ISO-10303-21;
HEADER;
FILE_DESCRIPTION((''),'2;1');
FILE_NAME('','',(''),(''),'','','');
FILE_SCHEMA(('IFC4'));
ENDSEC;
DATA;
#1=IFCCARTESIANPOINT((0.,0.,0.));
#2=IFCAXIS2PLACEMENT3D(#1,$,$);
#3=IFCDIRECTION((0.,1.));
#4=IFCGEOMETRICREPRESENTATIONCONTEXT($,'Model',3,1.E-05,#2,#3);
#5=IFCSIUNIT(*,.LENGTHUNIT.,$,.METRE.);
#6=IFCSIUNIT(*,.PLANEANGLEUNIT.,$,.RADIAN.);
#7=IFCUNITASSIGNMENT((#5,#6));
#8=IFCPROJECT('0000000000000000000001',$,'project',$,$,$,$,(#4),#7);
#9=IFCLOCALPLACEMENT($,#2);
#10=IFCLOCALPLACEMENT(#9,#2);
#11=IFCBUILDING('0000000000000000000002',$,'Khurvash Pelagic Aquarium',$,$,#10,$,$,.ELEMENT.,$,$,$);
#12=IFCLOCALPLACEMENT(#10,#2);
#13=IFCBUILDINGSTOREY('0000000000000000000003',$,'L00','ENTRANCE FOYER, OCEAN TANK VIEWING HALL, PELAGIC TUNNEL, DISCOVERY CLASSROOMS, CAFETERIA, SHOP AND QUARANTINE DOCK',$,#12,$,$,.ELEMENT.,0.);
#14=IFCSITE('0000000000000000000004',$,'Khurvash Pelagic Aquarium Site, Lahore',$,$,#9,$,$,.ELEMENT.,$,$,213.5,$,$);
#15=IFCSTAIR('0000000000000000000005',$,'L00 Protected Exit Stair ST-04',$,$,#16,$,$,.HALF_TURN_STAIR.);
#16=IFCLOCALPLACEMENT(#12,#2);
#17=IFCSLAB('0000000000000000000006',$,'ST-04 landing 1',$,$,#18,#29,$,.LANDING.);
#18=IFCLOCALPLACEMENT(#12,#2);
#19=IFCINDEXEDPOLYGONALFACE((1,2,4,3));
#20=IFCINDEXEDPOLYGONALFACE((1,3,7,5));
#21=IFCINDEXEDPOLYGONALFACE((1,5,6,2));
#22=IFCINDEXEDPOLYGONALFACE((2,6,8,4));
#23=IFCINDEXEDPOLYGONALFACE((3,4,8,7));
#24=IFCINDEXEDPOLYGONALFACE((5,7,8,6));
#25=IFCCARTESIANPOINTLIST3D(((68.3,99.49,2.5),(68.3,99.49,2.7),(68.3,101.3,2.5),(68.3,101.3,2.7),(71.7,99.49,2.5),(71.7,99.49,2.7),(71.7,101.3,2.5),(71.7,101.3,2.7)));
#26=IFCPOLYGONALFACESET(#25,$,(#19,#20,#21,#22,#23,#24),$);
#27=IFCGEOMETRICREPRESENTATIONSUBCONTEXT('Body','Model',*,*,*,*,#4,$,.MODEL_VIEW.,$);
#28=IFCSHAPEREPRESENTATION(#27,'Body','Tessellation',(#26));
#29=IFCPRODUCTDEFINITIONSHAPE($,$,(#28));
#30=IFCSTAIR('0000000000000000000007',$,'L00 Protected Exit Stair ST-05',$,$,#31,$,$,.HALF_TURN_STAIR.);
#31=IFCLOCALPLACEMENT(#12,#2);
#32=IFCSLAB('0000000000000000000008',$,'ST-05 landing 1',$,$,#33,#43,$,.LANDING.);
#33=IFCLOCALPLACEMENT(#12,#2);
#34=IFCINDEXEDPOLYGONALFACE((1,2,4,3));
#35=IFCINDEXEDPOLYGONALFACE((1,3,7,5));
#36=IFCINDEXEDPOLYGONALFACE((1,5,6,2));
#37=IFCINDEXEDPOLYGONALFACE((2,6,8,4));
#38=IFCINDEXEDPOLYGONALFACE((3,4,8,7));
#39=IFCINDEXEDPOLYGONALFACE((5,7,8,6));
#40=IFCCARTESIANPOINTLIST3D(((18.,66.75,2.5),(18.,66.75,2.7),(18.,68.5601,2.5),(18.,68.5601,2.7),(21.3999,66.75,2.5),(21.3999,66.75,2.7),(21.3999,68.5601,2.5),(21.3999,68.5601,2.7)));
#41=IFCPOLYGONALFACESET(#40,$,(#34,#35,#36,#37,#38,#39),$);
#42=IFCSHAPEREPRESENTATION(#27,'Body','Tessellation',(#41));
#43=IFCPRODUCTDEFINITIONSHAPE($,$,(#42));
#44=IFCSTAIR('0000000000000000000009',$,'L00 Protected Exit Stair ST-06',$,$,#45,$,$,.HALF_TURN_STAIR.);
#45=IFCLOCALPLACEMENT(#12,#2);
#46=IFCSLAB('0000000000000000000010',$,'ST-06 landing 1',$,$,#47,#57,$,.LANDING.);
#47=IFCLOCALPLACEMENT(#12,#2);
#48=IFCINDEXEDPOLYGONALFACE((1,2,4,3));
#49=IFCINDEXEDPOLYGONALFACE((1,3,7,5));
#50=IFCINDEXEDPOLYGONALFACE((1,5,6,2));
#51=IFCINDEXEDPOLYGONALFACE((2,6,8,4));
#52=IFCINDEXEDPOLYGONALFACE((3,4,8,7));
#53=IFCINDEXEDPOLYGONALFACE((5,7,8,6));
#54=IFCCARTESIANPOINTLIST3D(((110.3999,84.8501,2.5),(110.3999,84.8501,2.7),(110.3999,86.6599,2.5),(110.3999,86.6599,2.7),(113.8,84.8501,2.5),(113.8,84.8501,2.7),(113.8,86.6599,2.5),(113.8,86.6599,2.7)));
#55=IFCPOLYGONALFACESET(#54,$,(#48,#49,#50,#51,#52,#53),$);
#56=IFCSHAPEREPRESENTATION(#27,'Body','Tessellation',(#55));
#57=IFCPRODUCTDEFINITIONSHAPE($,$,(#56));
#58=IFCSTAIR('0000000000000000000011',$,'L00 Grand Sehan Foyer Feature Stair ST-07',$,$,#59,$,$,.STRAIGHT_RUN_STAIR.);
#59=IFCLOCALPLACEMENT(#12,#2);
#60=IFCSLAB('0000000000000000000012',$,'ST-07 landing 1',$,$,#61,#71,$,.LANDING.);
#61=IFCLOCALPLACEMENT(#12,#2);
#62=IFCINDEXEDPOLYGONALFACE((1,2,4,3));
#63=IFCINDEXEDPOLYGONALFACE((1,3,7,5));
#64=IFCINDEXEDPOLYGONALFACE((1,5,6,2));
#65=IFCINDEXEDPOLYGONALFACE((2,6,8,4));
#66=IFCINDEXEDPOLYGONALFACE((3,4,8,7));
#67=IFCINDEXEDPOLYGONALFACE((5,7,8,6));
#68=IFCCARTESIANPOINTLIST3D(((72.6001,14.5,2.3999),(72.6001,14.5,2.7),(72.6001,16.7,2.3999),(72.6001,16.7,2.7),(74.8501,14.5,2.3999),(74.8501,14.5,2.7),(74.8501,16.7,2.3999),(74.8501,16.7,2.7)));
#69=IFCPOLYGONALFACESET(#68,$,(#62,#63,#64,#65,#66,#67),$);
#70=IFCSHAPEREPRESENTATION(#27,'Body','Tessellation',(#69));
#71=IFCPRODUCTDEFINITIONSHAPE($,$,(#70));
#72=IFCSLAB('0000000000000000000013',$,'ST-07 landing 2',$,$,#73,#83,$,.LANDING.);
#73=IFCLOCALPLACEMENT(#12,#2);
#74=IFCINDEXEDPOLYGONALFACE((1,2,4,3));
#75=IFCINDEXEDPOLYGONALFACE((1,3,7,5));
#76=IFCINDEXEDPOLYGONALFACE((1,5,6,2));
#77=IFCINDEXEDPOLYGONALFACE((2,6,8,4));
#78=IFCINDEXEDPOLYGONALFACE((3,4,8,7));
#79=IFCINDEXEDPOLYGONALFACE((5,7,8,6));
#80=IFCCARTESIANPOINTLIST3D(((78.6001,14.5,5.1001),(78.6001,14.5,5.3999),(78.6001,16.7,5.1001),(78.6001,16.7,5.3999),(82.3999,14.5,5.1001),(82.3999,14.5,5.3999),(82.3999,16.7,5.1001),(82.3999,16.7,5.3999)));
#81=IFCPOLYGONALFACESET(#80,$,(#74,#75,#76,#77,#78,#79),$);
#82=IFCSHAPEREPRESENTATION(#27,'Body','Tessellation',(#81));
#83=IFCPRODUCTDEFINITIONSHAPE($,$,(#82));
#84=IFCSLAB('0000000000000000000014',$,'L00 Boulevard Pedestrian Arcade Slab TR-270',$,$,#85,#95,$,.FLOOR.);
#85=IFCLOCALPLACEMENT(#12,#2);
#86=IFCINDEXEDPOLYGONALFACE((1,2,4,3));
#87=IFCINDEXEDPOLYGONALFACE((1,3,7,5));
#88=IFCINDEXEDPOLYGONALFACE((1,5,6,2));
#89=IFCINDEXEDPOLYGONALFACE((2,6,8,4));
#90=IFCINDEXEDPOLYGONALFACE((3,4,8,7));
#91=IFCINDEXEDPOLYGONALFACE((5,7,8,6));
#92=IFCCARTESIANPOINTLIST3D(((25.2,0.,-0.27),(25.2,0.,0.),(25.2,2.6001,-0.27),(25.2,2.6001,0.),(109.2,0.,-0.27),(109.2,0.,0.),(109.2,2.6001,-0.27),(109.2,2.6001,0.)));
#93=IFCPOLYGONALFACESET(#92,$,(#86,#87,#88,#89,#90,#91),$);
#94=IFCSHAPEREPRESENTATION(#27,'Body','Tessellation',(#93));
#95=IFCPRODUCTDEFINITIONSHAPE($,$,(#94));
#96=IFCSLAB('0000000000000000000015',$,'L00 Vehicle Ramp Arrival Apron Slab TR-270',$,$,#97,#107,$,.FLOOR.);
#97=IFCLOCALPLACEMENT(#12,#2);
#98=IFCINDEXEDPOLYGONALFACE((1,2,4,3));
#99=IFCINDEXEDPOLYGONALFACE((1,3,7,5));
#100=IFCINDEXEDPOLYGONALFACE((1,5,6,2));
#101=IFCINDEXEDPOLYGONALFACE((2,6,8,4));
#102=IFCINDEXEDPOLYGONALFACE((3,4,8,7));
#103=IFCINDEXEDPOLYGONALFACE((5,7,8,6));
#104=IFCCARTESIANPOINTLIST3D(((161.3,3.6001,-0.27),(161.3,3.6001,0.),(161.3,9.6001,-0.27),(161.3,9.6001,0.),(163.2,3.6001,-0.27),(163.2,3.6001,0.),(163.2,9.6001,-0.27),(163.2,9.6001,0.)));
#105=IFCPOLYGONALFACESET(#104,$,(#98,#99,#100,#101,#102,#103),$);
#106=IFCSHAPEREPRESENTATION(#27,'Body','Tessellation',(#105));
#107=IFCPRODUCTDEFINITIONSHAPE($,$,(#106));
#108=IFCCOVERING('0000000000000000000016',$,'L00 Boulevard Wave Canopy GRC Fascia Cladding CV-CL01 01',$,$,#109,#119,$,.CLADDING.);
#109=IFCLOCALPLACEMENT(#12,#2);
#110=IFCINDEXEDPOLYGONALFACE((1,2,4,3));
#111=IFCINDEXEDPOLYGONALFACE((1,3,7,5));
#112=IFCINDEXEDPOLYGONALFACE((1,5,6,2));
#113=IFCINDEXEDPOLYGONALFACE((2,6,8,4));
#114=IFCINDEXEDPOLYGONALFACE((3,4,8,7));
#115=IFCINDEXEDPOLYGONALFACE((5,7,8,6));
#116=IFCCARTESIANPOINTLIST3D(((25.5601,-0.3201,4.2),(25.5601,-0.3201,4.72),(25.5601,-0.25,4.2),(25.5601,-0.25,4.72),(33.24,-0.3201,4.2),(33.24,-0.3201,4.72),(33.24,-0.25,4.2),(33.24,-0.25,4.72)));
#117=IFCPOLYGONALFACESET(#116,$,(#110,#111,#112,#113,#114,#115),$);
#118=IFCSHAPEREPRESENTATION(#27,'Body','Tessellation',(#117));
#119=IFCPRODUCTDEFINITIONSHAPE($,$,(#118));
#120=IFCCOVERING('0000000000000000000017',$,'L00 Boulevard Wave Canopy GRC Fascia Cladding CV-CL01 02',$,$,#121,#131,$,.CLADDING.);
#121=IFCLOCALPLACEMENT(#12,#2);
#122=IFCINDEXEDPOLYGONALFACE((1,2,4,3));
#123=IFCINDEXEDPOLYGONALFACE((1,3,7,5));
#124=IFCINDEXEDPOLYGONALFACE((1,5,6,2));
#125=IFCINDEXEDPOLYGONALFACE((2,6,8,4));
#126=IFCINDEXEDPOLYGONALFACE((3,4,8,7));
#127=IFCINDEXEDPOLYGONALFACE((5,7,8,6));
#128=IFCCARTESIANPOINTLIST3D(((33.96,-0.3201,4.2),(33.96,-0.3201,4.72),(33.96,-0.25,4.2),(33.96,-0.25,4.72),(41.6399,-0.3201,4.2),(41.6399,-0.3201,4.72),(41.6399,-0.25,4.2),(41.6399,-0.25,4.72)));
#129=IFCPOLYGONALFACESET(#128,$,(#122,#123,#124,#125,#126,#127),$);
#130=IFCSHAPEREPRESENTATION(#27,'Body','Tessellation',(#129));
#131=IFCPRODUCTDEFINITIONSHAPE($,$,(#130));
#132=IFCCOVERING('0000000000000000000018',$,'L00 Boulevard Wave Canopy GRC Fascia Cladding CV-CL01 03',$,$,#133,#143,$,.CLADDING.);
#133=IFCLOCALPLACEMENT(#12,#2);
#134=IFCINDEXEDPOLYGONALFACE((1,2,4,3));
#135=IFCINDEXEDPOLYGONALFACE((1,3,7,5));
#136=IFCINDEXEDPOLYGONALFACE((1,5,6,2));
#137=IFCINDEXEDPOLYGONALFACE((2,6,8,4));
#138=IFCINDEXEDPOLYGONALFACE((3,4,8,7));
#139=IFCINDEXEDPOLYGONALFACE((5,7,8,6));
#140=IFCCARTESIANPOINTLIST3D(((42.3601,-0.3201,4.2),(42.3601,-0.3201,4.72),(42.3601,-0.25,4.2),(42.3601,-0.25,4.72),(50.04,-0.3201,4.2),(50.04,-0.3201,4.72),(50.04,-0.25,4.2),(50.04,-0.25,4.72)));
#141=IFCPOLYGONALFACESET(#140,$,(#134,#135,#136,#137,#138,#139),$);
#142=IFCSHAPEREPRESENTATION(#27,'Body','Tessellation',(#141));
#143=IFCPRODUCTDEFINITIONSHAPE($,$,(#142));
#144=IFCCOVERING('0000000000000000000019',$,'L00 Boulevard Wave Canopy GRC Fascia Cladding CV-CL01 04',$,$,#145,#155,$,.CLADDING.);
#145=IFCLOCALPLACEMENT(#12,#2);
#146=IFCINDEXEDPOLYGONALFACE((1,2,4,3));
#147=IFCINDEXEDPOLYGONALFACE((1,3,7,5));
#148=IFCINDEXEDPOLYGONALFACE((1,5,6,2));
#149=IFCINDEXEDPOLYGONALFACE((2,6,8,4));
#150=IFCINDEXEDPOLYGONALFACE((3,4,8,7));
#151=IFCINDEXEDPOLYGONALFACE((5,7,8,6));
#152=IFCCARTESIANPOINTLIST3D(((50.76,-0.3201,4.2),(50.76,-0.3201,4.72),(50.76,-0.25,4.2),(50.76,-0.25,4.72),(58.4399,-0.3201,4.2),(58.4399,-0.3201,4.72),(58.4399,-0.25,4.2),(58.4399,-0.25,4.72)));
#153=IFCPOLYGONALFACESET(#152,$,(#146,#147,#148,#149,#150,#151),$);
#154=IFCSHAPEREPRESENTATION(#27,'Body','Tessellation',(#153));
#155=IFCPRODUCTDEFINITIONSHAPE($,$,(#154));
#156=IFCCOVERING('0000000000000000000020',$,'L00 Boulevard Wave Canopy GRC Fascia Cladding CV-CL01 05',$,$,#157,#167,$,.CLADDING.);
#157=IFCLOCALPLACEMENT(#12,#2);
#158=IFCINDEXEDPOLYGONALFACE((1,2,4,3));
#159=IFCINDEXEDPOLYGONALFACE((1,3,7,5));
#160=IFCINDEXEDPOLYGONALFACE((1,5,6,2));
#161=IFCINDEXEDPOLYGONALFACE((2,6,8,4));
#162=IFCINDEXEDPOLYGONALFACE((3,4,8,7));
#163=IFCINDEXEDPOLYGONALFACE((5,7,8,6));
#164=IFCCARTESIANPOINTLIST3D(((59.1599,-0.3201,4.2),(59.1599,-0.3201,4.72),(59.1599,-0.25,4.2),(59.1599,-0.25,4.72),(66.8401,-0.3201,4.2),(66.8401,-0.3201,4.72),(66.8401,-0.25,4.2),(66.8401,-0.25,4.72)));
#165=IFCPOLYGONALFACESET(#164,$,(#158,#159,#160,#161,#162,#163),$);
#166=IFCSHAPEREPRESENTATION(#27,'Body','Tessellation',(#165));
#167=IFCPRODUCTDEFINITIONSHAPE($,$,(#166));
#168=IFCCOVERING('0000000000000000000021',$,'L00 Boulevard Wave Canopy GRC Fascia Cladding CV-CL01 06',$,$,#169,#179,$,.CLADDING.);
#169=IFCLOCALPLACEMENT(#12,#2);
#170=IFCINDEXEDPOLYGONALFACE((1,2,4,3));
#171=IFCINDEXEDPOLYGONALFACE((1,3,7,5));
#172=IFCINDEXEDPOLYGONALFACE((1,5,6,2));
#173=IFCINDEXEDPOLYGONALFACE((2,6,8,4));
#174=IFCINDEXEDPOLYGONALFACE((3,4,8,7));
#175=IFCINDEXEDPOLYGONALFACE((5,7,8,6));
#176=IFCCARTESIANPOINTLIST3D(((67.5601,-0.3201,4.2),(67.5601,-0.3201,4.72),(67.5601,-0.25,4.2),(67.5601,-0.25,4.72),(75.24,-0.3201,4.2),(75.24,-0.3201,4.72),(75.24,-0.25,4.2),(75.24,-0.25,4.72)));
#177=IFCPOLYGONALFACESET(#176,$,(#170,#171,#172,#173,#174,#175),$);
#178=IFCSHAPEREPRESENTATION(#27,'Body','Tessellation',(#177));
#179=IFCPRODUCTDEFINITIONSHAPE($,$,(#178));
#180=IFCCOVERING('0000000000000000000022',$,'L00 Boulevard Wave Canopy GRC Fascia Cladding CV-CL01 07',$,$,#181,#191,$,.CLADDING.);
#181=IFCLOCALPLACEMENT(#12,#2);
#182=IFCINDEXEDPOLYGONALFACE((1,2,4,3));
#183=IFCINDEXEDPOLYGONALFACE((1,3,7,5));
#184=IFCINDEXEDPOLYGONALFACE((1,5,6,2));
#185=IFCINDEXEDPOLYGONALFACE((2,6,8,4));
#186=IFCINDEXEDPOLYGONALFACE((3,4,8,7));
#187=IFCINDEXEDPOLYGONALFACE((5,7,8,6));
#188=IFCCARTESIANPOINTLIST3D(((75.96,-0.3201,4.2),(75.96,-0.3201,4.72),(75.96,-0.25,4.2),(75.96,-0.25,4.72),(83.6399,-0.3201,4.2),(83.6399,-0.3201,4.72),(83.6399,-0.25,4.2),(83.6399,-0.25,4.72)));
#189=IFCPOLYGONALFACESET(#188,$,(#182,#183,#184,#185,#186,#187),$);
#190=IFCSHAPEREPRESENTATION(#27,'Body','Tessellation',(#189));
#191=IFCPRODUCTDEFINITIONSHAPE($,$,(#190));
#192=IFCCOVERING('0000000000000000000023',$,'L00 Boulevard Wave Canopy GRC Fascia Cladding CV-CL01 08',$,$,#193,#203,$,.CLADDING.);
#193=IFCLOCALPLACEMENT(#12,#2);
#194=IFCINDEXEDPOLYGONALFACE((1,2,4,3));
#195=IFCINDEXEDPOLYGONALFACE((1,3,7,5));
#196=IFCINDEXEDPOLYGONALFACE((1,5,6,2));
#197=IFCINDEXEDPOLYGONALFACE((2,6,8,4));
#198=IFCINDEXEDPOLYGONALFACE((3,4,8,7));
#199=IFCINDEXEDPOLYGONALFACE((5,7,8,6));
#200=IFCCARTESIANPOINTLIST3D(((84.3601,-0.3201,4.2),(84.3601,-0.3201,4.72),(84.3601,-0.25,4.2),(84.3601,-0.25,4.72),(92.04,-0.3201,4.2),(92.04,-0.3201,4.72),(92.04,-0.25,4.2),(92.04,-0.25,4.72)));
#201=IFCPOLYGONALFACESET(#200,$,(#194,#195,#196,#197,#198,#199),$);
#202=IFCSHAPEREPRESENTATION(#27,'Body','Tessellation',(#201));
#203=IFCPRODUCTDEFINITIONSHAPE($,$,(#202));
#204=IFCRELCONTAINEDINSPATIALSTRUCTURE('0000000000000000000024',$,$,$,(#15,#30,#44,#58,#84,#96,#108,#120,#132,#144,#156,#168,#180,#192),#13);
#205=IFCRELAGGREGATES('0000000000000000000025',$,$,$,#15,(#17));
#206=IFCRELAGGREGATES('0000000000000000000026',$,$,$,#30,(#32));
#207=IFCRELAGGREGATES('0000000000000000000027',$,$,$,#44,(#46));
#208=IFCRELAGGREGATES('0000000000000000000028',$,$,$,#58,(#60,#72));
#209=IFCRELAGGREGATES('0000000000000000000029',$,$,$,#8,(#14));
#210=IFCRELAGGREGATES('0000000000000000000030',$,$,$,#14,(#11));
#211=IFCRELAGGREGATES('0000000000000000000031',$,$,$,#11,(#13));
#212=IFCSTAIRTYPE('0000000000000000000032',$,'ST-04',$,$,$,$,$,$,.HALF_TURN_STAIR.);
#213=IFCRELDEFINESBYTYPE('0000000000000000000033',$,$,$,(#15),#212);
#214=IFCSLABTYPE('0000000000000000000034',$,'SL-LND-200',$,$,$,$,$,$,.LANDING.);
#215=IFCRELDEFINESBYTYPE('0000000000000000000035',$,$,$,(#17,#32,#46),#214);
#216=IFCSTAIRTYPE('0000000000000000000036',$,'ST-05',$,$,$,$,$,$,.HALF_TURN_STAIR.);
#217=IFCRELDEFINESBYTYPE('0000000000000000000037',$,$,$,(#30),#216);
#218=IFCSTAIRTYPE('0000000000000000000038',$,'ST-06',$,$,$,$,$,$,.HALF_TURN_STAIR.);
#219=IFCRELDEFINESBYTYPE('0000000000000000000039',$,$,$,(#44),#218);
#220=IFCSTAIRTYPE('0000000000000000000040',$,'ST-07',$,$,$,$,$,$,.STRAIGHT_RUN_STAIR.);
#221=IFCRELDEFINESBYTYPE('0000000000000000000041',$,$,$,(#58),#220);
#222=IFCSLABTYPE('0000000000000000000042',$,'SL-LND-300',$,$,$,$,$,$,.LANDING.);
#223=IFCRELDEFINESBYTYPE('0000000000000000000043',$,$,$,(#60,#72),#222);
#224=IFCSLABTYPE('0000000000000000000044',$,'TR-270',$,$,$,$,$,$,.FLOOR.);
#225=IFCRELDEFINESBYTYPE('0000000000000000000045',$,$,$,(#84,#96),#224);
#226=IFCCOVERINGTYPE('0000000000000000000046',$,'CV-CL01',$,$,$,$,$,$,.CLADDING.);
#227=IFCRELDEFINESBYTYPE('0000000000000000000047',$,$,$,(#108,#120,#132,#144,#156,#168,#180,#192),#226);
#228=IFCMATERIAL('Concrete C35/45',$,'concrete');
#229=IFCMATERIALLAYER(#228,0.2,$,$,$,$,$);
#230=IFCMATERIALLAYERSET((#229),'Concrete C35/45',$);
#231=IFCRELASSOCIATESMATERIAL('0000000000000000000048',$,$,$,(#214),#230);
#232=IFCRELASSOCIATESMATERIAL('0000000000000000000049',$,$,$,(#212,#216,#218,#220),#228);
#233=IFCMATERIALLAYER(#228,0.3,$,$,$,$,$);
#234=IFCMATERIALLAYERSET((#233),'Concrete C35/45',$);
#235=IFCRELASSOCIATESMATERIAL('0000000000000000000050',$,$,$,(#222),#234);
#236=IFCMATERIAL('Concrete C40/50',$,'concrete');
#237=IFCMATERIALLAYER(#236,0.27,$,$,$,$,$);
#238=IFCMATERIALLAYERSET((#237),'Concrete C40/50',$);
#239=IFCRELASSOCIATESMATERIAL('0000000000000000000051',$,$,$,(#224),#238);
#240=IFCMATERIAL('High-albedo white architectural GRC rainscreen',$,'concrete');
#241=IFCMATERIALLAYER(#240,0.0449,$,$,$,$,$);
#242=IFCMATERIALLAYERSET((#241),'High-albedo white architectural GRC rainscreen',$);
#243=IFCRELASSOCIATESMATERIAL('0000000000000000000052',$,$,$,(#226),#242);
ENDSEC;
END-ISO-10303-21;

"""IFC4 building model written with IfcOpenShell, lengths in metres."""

from ifc_helpers import new_model, si_unit, direction, frame, origin, place, context, subcontext, project, spatial, polyline, outline, extrude, material, layer, layer_set, type_object, element, aggregate, save


model = new_model("IFC4")

# Units and contexts
model_context = context("Model", 3, precision=1e-05, world=origin(), true_north=direction((0.0, 1.0)))
body_context = subcontext(model_context, "Body", "Model", "MODEL_VIEW")
ifc_project = project(units=[si_unit("LENGTHUNIT", "METRE"), si_unit("PLANEANGLEUNIT", "RADIAN")], contexts=[model_context])

# Site, building, storey
site_placement = place(None, origin())
site = spatial("IfcSite", under=ifc_project, at=site_placement, Name="Khurvash Pelagic Aquarium Site, Lahore", CompositionType="ELEMENT", RefElevation=213.5)
building_placement = place(site_placement, origin())
building = spatial("IfcBuilding", under=site, at=building_placement, Name="Khurvash Pelagic Aquarium", CompositionType="ELEMENT")
storey_placement = place(building_placement, origin())
storey = spatial("IfcBuildingStorey", under=building, at=storey_placement, Name="L00", Description="ENTRANCE FOYER, OCEAN TANK VIEWING HALL, PELAGIC TUNNEL, DISCOVERY CLASSROOMS, CAFETERIA, SHOP AND QUARANTINE DOCK", CompositionType="ELEMENT", Elevation=0.0)

# Shared definitions
ifc_material_1 = material(Name="Concrete C40/50", Category="concrete")
ifc_material_2 = material(Name="Concrete C35/45", Category="concrete")

# Stairs, slabs
ifc_layer_1 = layer(ifc_material_2, 0.2)
ifc_layer_set_1 = layer_set([ifc_layer_1], Name="Concrete C35/45")
slab_type_1 = type_object("IfcSlabType", Name="SL-LND-200", PredefinedType="LANDING", material=ifc_layer_set_1)
stair_type_1 = type_object("IfcStairType", Name="ST-04", PredefinedType="HALF_TURN_STAIR", material=ifc_material_2)
stair_1_placement = place(storey_placement, origin())
stair_1 = element("IfcStair", 1, at=stair_1_placement, inside=storey, type_object=stair_type_1, Name="L00 Protected Exit Stair ST-04", PredefinedType="HALF_TURN_STAIR")
slab_1_placement = place(storey_placement, frame((0.0, 0.0, 2.5)))
slab_1 = element("IfcSlab", 2, at=slab_1_placement, type_object=slab_type_1, Name="ST-04 landing 1", PredefinedType="LANDING", context=body_context, shape_type="SweptSolid", body=[
    extrude(outline(polyline([(71.7, 99.49), (71.7, 101.3), (68.3, 101.3), (68.3, 99.49), (71.7, 99.49)])), origin(), (0.0, 0.0, 1.0), 0.2),
])
aggregate(stair_1, [slab_1])
stair_type_2 = type_object("IfcStairType", Name="ST-05", PredefinedType="HALF_TURN_STAIR", material=ifc_material_2)
stair_2_placement = place(storey_placement, origin())
stair_2 = element("IfcStair", 3, at=stair_2_placement, inside=storey, type_object=stair_type_2, Name="L00 Protected Exit Stair ST-05", PredefinedType="HALF_TURN_STAIR")
slab_2_placement = place(storey_placement, frame((0.0, 0.0, 2.5)))
slab_2 = element("IfcSlab", 4, at=slab_2_placement, type_object=slab_type_1, Name="ST-05 landing 1", PredefinedType="LANDING", context=body_context, shape_type="SweptSolid", body=[
    extrude(outline(polyline([(18.0, 68.5601), (18.0, 66.75), (21.3999, 66.75), (21.3999, 68.5601), (18.0, 68.5601)])), origin(), (0.0, 0.0, 1.0), 0.2),
])
aggregate(stair_2, [slab_2])
stair_type_3 = type_object("IfcStairType", Name="ST-06", PredefinedType="HALF_TURN_STAIR", material=ifc_material_2)
stair_3_placement = place(storey_placement, origin())
stair_3 = element("IfcStair", 5, at=stair_3_placement, inside=storey, type_object=stair_type_3, Name="L00 Protected Exit Stair ST-06", PredefinedType="HALF_TURN_STAIR")
slab_3_placement = place(storey_placement, frame((0.0, 0.0, 2.5)))
slab_3 = element("IfcSlab", 6, at=slab_3_placement, type_object=slab_type_1, Name="ST-06 landing 1", PredefinedType="LANDING", context=body_context, shape_type="SweptSolid", body=[
    extrude(outline(polyline([(110.3999, 86.6599), (110.3999, 84.8501), (113.8, 84.8501), (113.8, 86.6599), (110.3999, 86.6599)])), origin(), (0.0, 0.0, 1.0), 0.2),
])
aggregate(stair_3, [slab_3])

# Stair, slabs
stair_type_4 = type_object("IfcStairType", Name="ST-07", PredefinedType="STRAIGHT_RUN_STAIR", material=ifc_material_2)
stair_4_placement = place(storey_placement, origin())
stair_4 = element("IfcStair", 7, at=stair_4_placement, inside=storey, type_object=stair_type_4, Name="L00 Grand Sehan Foyer Feature Stair ST-07", PredefinedType="STRAIGHT_RUN_STAIR")
ifc_layer_2 = layer(ifc_material_2, 0.3)
ifc_layer_set_2 = layer_set([ifc_layer_2], Name="Concrete C35/45")
slab_type_2 = type_object("IfcSlabType", Name="SL-LND-300", PredefinedType="LANDING", material=ifc_layer_set_2)
slab_4_placement = place(storey_placement, frame((0.0, 0.0, 2.3999)))
slab_4 = element("IfcSlab", 8, at=slab_4_placement, type_object=slab_type_2, Name="ST-07 landing 1", PredefinedType="LANDING", context=body_context, shape_type="SweptSolid", body=[
    extrude(outline(polyline([(72.6001, 14.5), (74.8501, 14.5), (74.8501, 16.7), (72.6001, 16.7), (72.6001, 14.5)])), origin(), (0.0, 0.0, 1.0), 0.3),
])
slab_5_placement = place(storey_placement, frame((0.0, 0.0, 5.1001)))
slab_5 = element("IfcSlab", 9, at=slab_5_placement, type_object=slab_type_2, Name="ST-07 landing 2", PredefinedType="LANDING", context=body_context, shape_type="SweptSolid", body=[
    extrude(outline(polyline([(78.6001, 14.5), (82.3999, 14.5), (82.3999, 16.7), (78.6001, 16.7), (78.6001, 14.5)])), origin(), (0.0, 0.0, 1.0), 0.2998),
])
aggregate(stair_4, [slab_4, slab_5])

# Slabs
ifc_layer_3 = layer(ifc_material_1, 0.27)
ifc_layer_set_3 = layer_set([ifc_layer_3], Name="Concrete C40/50")
slab_type_3 = type_object("IfcSlabType", Name="TR-270", PredefinedType="FLOOR", material=ifc_layer_set_3)
slab_6_placement = place(storey_placement, frame((0.0, 0.0, -0.27)))
element("IfcSlab", 10, at=slab_6_placement, inside=storey, type_object=slab_type_3, Name="L00 Boulevard Pedestrian Arcade Slab TR-270", PredefinedType="FLOOR", context=body_context, shape_type="SweptSolid", body=[
    extrude(outline(polyline([(25.2, 0.0), (109.2, 0.0), (109.2, 2.6001), (25.2, 2.6001), (25.2, 0.0)])), origin(), (0.0, 0.0, 1.0), 0.27),
])
slab_7_placement = place(storey_placement, frame((0.0, 0.0, -0.27)))
element("IfcSlab", 11, at=slab_7_placement, inside=storey, type_object=slab_type_3, Name="L00 Vehicle Ramp Arrival Apron Slab TR-270", PredefinedType="FLOOR", context=body_context, shape_type="SweptSolid", body=[
    extrude(outline(polyline([(161.3, 3.6001), (163.2, 3.6001), (163.2, 9.6001), (161.3, 9.6001), (161.3, 3.6001)])), origin(), (0.0, 0.0, 1.0), 0.27),
])

# Coverings
ifc_material_3 = material(Name="High-albedo white architectural GRC rainscreen", Category="concrete")
ifc_layer_4 = layer(ifc_material_3, 0.0449)
ifc_layer_set_4 = layer_set([ifc_layer_4], Name="High-albedo white architectural GRC rainscreen")
covering_type = type_object("IfcCoveringType", Name="CV-CL01", PredefinedType="CLADDING", material=ifc_layer_set_4)
covering_1_placement = place(storey_placement, frame((0.0, 0.0, 4.2)))
element("IfcCovering", 12, at=covering_1_placement, inside=storey, type_object=covering_type, Name="L00 Boulevard Wave Canopy GRC Fascia Cladding CV-CL01 01", PredefinedType="CLADDING", context=body_context, shape_type="SweptSolid", body=[
    extrude(outline(polyline([(25.5601, -0.3201), (33.24, -0.3201), (33.24, -0.25), (25.5601, -0.25), (25.5601, -0.3201)])), origin(), (0.0, 0.0, 1.0), 0.52),
])
covering_2_placement = place(storey_placement, frame((0.0, 0.0, 4.2)))
element("IfcCovering", 13, at=covering_2_placement, inside=storey, type_object=covering_type, Name="L00 Boulevard Wave Canopy GRC Fascia Cladding CV-CL01 02", PredefinedType="CLADDING", context=body_context, shape_type="SweptSolid", body=[
    extrude(outline(polyline([(33.96, -0.3201), (41.6399, -0.3201), (41.6399, -0.25), (33.96, -0.25), (33.96, -0.3201)])), origin(), (0.0, 0.0, 1.0), 0.52),
])
covering_3_placement = place(storey_placement, frame((0.0, 0.0, 4.2)))
element("IfcCovering", 14, at=covering_3_placement, inside=storey, type_object=covering_type, Name="L00 Boulevard Wave Canopy GRC Fascia Cladding CV-CL01 03", PredefinedType="CLADDING", context=body_context, shape_type="SweptSolid", body=[
    extrude(outline(polyline([(42.3601, -0.3201), (50.04, -0.3201), (50.04, -0.25), (42.3601, -0.25), (42.3601, -0.3201)])), origin(), (0.0, 0.0, 1.0), 0.52),
])
covering_4_placement = place(storey_placement, frame((0.0, 0.0, 4.2)))
element("IfcCovering", 15, at=covering_4_placement, inside=storey, type_object=covering_type, Name="L00 Boulevard Wave Canopy GRC Fascia Cladding CV-CL01 04", PredefinedType="CLADDING", context=body_context, shape_type="SweptSolid", body=[
    extrude(outline(polyline([(50.76, -0.3201), (58.4399, -0.3201), (58.4399, -0.25), (50.76, -0.25), (50.76, -0.3201)])), origin(), (0.0, 0.0, 1.0), 0.52),
])
covering_5_placement = place(storey_placement, frame((0.0, 0.0, 4.2)))
element("IfcCovering", 16, at=covering_5_placement, inside=storey, type_object=covering_type, Name="L00 Boulevard Wave Canopy GRC Fascia Cladding CV-CL01 05", PredefinedType="CLADDING", context=body_context, shape_type="SweptSolid", body=[
    extrude(outline(polyline([(59.1599, -0.3201), (66.8401, -0.3201), (66.8401, -0.25), (59.1599, -0.25), (59.1599, -0.3201)])), origin(), (0.0, 0.0, 1.0), 0.52),
])
covering_6_placement = place(storey_placement, frame((0.0, 0.0, 4.2)))
element("IfcCovering", 17, at=covering_6_placement, inside=storey, type_object=covering_type, Name="L00 Boulevard Wave Canopy GRC Fascia Cladding CV-CL01 06", PredefinedType="CLADDING", context=body_context, shape_type="SweptSolid", body=[
    extrude(outline(polyline([(67.5601, -0.3201), (75.24, -0.3201), (75.24, -0.25), (67.5601, -0.25), (67.5601, -0.3201)])), origin(), (0.0, 0.0, 1.0), 0.52),
])
covering_7_placement = place(storey_placement, frame((0.0, 0.0, 4.2)))
element("IfcCovering", 18, at=covering_7_placement, inside=storey, type_object=covering_type, Name="L00 Boulevard Wave Canopy GRC Fascia Cladding CV-CL01 07", PredefinedType="CLADDING", context=body_context, shape_type="SweptSolid", body=[
    extrude(outline(polyline([(75.96, -0.3201), (83.6399, -0.3201), (83.6399, -0.25), (75.96, -0.25), (75.96, -0.3201)])), origin(), (0.0, 0.0, 1.0), 0.52),
])
covering_8_placement = place(storey_placement, frame((0.0, 0.0, 4.2)))
element("IfcCovering", 19, at=covering_8_placement, inside=storey, type_object=covering_type, Name="L00 Boulevard Wave Canopy GRC Fascia Cladding CV-CL01 08", PredefinedType="CLADDING", context=body_context, shape_type="SweptSolid", body=[
    extrude(outline(polyline([(84.3601, -0.3201), (92.04, -0.3201), (92.04, -0.25), (84.3601, -0.25), (84.3601, -0.3201)])), origin(), (0.0, 0.0, 1.0), 0.52),
])

save(model, "model.ifc")
